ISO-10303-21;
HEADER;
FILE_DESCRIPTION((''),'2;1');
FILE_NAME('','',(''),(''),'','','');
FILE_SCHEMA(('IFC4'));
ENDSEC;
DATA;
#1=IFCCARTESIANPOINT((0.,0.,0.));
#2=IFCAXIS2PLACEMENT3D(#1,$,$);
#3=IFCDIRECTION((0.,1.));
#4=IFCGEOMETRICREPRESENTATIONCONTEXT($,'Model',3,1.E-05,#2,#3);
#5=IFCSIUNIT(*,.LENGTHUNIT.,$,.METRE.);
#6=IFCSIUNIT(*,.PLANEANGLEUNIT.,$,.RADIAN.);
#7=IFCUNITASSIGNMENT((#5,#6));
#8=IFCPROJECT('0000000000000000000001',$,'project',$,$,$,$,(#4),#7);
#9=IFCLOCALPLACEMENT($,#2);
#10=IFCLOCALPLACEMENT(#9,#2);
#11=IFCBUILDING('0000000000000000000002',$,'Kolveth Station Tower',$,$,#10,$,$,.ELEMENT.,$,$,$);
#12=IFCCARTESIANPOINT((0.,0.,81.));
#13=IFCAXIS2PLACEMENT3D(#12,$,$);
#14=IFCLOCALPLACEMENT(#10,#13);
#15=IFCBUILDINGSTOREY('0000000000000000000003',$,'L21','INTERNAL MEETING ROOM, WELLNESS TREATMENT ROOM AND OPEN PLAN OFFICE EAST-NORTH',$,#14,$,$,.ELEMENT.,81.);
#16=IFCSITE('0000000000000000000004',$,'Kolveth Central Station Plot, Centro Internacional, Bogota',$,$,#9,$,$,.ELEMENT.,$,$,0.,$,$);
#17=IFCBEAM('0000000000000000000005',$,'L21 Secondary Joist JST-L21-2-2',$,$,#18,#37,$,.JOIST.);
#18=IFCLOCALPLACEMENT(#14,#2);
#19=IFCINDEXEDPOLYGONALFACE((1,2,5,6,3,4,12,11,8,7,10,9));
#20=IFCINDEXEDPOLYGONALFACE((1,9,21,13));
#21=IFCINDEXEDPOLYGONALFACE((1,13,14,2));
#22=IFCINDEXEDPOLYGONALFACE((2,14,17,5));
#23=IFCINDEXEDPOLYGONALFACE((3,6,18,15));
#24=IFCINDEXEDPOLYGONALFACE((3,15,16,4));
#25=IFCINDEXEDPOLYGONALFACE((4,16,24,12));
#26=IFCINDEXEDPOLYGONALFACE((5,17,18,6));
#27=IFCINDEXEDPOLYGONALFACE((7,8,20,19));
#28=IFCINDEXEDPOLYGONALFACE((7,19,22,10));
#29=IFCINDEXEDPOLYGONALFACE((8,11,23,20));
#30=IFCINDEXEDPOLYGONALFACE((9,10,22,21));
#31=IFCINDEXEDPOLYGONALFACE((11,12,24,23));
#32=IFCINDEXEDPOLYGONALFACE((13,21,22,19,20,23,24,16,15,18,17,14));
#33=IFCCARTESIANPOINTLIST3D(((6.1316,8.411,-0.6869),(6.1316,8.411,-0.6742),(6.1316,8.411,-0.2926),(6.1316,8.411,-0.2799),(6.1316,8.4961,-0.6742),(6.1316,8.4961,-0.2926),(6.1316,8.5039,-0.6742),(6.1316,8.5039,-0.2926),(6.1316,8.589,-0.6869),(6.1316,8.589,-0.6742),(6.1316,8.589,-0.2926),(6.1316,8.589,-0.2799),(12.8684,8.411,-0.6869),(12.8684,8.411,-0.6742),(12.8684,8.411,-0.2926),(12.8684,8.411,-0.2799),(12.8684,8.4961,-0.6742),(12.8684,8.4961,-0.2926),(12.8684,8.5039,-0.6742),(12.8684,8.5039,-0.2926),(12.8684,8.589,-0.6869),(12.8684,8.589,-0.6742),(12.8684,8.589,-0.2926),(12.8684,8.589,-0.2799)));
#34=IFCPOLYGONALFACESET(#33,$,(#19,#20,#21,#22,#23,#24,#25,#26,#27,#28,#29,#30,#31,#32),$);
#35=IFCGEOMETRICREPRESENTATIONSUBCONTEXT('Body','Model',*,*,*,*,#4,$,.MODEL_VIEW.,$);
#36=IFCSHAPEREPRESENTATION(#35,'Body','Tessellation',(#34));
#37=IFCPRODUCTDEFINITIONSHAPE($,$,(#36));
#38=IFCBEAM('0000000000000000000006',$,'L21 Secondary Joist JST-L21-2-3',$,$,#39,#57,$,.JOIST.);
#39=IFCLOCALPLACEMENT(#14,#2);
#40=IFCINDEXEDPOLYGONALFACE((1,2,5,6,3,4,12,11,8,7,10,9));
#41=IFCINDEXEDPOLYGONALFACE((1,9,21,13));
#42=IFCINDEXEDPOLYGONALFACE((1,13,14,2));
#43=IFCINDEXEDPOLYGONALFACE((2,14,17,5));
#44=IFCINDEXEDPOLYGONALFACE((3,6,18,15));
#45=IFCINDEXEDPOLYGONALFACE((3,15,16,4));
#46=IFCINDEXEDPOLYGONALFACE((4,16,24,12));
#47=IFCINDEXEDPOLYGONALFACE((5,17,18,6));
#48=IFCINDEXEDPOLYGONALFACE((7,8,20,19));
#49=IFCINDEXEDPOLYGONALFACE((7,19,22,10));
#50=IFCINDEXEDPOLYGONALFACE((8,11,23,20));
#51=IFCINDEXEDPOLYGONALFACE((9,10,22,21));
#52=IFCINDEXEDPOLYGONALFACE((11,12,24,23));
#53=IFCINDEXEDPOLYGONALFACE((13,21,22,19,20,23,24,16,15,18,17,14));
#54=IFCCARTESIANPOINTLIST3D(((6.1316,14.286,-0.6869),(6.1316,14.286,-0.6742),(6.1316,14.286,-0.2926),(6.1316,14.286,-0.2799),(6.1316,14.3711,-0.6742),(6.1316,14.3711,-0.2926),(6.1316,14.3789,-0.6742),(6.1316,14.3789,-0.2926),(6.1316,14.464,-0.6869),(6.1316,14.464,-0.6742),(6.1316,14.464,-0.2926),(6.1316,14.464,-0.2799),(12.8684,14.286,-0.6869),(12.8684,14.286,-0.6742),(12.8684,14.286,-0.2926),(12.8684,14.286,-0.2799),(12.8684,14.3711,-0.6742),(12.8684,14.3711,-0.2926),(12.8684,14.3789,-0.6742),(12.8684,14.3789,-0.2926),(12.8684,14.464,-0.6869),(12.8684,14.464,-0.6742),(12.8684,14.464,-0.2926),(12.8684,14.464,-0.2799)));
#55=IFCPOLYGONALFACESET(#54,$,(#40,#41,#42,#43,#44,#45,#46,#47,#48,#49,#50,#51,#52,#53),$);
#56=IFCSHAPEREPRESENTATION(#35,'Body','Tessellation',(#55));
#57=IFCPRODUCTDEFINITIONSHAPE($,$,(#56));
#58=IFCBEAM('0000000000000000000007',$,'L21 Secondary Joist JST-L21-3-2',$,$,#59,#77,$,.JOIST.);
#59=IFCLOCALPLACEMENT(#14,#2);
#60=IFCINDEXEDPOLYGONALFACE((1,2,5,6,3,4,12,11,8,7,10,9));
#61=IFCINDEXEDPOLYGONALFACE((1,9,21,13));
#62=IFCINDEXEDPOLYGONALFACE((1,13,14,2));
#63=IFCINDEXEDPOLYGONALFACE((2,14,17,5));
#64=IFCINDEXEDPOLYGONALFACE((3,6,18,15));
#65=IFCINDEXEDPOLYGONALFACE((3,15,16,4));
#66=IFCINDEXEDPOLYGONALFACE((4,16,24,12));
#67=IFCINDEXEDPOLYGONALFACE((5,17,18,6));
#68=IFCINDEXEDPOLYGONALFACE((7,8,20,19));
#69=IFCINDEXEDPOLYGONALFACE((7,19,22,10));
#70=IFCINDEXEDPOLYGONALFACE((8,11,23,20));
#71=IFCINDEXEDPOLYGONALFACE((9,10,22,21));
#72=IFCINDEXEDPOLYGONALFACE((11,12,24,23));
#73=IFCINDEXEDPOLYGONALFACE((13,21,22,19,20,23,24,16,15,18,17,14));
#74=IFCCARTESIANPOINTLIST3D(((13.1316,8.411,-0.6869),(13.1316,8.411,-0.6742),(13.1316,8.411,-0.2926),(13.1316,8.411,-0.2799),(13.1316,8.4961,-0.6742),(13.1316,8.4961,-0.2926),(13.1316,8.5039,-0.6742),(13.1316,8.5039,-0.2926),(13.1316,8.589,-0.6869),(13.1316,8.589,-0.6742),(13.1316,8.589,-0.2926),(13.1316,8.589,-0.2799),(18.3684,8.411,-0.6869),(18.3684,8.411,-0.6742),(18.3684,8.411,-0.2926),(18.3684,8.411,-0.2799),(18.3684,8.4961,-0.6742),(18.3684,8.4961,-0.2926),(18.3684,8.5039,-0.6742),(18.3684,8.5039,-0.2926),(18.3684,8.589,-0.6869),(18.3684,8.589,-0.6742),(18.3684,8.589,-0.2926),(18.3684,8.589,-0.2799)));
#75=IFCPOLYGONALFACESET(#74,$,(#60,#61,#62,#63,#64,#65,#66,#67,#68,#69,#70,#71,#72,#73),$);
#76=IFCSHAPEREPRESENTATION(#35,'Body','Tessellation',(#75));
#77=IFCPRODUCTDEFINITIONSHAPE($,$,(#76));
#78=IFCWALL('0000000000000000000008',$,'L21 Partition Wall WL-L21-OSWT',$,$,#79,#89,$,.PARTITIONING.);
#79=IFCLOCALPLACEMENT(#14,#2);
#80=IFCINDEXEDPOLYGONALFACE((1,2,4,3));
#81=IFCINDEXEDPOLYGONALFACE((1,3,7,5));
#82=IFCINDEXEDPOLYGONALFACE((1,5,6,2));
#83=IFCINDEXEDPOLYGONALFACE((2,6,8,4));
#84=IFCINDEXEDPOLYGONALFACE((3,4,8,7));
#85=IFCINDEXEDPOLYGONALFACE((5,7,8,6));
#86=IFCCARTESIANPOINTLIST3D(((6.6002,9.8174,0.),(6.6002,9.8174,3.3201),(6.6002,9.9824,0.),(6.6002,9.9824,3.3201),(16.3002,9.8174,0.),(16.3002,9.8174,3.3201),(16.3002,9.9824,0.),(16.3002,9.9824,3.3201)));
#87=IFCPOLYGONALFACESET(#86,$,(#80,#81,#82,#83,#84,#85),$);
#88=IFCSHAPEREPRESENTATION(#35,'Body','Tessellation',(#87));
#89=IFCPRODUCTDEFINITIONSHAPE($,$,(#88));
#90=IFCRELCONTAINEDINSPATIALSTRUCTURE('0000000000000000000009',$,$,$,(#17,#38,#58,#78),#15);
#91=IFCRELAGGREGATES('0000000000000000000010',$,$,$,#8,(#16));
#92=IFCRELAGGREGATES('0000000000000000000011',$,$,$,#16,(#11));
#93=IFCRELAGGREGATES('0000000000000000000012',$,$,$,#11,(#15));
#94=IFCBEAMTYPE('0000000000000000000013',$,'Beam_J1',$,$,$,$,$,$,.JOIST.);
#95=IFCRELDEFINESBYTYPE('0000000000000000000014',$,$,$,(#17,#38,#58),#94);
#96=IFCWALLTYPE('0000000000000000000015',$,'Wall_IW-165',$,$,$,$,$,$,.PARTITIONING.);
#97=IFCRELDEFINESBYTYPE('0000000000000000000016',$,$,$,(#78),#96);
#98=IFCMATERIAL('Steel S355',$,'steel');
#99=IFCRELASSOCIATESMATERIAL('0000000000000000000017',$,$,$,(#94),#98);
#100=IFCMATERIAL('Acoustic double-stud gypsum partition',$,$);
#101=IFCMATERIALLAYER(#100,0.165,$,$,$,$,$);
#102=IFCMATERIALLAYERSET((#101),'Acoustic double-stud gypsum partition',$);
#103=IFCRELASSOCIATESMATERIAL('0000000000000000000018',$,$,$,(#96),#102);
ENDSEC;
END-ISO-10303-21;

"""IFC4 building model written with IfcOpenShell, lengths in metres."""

from ifc_helpers import new_model, si_unit, direction, frame, frame_2d, origin, origin_2d, place, context, subcontext, project, spatial, rectangle, i_section, extrude, source, transform, mapped, material, layer, layer_set, material_profile, profile_set, type_object, element, save


model = new_model("IFC4")

# Units and contexts
model_context = context("Model", 3, precision=1e-05, world=origin(), true_north=direction((0.0, 1.0)))
body_context = subcontext(model_context, "Body", "Model", "MODEL_VIEW")
ifc_project = project(units=[si_unit("LENGTHUNIT", "METRE"), si_unit("PLANEANGLEUNIT", "RADIAN")], contexts=[model_context])

# Site, building, storey
site_placement = place(None, origin())
site = spatial("IfcSite", under=ifc_project, at=site_placement, Name="Kolveth Central Station Plot, Centro Internacional, Bogota", CompositionType="ELEMENT", RefElevation=0.0)
building_placement = place(site_placement, origin())
building = spatial("IfcBuilding", under=site, at=building_placement, Name="Kolveth Station Tower", CompositionType="ELEMENT")
storey_placement = place(building_placement, frame((0.0, 0.0, 81.0)))
storey = spatial("IfcBuildingStorey", under=building, at=storey_placement, Name="L21", Description="INTERNAL MEETING ROOM, WELLNESS TREATMENT ROOM AND OPEN PLAN OFFICE EAST-NORTH", CompositionType="ELEMENT", Elevation=81.0)

# Beams
ifc_material_1 = material(Name="Steel S355", Category="steel")
ifc_material_profile_1 = material_profile(ifc_material_1, i_section(OverallWidth=0.178, OverallDepth=0.407, WebThickness=0.0078, FlangeThickness=0.0127, at=origin_2d()), Name="W410x60")
ifc_profile_set_1 = profile_set([ifc_material_profile_1], Name="Steel S355")
beam_type_1 = type_object("IfcBeamType", Name="Beam_J1", PredefinedType="JOIST", material=ifc_profile_set_1)
shared_shape_1 = source(origin(), body_context, "Body", "SweptSolid", [
    extrude(i_section(OverallWidth=0.178, OverallDepth=0.407, WebThickness=0.0078, FlangeThickness=0.0127, at=origin_2d()), origin(), (0.0, 0.0, 1.0), 6.7368),
])
for number, where, z_axis, x_axis, name in (
    (1, (6.1316, 8.5, -0.4834), (1.0, 0.0, 0.0), (0.0, 1.0, 0.0), "L21 Secondary Joist JST-L21-2-2"),
    (2, (6.1316, 14.375, -0.4834), (1.0, 0.0, 0.0), (0.0, 1.0, 0.0), "L21 Secondary Joist JST-L21-2-3"),
):
    element("IfcBeam", number, at=place(storey_placement, frame(where, z_axis=z_axis, x_axis=x_axis)), inside=storey, type_object=beam_type_1, Name=name, PredefinedType="JOIST", context=body_context, shape_type="MappedRepresentation", body=[
        mapped(shared_shape_1, transform((0.0, 0.0, 0.0), x_axis=(1.0, 0.0, 0.0), y_axis=(0.0, 1.0, 0.0), z_axis=(0.0, 0.0, 1.0), scale=1.0)),
    ])
shared_shape_2 = source(origin(), body_context, "Body", "SweptSolid", [
    extrude(i_section(OverallWidth=0.178, OverallDepth=0.407, WebThickness=0.0078, FlangeThickness=0.0127, at=origin_2d()), origin(), (0.0, 0.0, 1.0), 5.2368),
])
beam_placement = place(storey_placement, frame((13.1316, 8.5, -0.4834), z_axis=(1.0, 0.0, 0.0), x_axis=(0.0, 1.0, 0.0)))
element("IfcBeam", 3, at=beam_placement, inside=storey, type_object=beam_type_1, Name="L21 Secondary Joist JST-L21-3-2", PredefinedType="JOIST", context=body_context, shape_type="MappedRepresentation", body=[
    mapped(shared_shape_2, transform((0.0, 0.0, 0.0), x_axis=(1.0, 0.0, 0.0), y_axis=(0.0, 1.0, 0.0), z_axis=(0.0, 0.0, 1.0), scale=1.0)),
])

# Wall
ifc_material_2 = material(Name="Acoustic double-stud gypsum partition")
ifc_layer = layer(ifc_material_2, 0.165)
ifc_layer_set = layer_set([ifc_layer], Name="Acoustic double-stud gypsum partition")
wall_type = type_object("IfcWallType", Name="Wall_IW-165", PredefinedType="PARTITIONING", material=ifc_layer_set)
wall_placement = place(storey_placement, frame((6.6001, 9.8999, 0.0), z_axis=(0.0, 0.0, 1.0), x_axis=(1.0, 0.0, 0.0)))
element("IfcWall", 4, at=wall_placement, inside=storey, type_object=wall_type, Name="L21 Partition Wall WL-L21-OSWT", PredefinedType="PARTITIONING", context=body_context, shape_type="SweptSolid", body=[
    extrude(rectangle(XDim=9.7, YDim=0.165, at=frame_2d((4.8501, 0.0))), origin(), (0.0, 0.0, 1.0), 3.3201),
])

save(model, "model.ifc")
